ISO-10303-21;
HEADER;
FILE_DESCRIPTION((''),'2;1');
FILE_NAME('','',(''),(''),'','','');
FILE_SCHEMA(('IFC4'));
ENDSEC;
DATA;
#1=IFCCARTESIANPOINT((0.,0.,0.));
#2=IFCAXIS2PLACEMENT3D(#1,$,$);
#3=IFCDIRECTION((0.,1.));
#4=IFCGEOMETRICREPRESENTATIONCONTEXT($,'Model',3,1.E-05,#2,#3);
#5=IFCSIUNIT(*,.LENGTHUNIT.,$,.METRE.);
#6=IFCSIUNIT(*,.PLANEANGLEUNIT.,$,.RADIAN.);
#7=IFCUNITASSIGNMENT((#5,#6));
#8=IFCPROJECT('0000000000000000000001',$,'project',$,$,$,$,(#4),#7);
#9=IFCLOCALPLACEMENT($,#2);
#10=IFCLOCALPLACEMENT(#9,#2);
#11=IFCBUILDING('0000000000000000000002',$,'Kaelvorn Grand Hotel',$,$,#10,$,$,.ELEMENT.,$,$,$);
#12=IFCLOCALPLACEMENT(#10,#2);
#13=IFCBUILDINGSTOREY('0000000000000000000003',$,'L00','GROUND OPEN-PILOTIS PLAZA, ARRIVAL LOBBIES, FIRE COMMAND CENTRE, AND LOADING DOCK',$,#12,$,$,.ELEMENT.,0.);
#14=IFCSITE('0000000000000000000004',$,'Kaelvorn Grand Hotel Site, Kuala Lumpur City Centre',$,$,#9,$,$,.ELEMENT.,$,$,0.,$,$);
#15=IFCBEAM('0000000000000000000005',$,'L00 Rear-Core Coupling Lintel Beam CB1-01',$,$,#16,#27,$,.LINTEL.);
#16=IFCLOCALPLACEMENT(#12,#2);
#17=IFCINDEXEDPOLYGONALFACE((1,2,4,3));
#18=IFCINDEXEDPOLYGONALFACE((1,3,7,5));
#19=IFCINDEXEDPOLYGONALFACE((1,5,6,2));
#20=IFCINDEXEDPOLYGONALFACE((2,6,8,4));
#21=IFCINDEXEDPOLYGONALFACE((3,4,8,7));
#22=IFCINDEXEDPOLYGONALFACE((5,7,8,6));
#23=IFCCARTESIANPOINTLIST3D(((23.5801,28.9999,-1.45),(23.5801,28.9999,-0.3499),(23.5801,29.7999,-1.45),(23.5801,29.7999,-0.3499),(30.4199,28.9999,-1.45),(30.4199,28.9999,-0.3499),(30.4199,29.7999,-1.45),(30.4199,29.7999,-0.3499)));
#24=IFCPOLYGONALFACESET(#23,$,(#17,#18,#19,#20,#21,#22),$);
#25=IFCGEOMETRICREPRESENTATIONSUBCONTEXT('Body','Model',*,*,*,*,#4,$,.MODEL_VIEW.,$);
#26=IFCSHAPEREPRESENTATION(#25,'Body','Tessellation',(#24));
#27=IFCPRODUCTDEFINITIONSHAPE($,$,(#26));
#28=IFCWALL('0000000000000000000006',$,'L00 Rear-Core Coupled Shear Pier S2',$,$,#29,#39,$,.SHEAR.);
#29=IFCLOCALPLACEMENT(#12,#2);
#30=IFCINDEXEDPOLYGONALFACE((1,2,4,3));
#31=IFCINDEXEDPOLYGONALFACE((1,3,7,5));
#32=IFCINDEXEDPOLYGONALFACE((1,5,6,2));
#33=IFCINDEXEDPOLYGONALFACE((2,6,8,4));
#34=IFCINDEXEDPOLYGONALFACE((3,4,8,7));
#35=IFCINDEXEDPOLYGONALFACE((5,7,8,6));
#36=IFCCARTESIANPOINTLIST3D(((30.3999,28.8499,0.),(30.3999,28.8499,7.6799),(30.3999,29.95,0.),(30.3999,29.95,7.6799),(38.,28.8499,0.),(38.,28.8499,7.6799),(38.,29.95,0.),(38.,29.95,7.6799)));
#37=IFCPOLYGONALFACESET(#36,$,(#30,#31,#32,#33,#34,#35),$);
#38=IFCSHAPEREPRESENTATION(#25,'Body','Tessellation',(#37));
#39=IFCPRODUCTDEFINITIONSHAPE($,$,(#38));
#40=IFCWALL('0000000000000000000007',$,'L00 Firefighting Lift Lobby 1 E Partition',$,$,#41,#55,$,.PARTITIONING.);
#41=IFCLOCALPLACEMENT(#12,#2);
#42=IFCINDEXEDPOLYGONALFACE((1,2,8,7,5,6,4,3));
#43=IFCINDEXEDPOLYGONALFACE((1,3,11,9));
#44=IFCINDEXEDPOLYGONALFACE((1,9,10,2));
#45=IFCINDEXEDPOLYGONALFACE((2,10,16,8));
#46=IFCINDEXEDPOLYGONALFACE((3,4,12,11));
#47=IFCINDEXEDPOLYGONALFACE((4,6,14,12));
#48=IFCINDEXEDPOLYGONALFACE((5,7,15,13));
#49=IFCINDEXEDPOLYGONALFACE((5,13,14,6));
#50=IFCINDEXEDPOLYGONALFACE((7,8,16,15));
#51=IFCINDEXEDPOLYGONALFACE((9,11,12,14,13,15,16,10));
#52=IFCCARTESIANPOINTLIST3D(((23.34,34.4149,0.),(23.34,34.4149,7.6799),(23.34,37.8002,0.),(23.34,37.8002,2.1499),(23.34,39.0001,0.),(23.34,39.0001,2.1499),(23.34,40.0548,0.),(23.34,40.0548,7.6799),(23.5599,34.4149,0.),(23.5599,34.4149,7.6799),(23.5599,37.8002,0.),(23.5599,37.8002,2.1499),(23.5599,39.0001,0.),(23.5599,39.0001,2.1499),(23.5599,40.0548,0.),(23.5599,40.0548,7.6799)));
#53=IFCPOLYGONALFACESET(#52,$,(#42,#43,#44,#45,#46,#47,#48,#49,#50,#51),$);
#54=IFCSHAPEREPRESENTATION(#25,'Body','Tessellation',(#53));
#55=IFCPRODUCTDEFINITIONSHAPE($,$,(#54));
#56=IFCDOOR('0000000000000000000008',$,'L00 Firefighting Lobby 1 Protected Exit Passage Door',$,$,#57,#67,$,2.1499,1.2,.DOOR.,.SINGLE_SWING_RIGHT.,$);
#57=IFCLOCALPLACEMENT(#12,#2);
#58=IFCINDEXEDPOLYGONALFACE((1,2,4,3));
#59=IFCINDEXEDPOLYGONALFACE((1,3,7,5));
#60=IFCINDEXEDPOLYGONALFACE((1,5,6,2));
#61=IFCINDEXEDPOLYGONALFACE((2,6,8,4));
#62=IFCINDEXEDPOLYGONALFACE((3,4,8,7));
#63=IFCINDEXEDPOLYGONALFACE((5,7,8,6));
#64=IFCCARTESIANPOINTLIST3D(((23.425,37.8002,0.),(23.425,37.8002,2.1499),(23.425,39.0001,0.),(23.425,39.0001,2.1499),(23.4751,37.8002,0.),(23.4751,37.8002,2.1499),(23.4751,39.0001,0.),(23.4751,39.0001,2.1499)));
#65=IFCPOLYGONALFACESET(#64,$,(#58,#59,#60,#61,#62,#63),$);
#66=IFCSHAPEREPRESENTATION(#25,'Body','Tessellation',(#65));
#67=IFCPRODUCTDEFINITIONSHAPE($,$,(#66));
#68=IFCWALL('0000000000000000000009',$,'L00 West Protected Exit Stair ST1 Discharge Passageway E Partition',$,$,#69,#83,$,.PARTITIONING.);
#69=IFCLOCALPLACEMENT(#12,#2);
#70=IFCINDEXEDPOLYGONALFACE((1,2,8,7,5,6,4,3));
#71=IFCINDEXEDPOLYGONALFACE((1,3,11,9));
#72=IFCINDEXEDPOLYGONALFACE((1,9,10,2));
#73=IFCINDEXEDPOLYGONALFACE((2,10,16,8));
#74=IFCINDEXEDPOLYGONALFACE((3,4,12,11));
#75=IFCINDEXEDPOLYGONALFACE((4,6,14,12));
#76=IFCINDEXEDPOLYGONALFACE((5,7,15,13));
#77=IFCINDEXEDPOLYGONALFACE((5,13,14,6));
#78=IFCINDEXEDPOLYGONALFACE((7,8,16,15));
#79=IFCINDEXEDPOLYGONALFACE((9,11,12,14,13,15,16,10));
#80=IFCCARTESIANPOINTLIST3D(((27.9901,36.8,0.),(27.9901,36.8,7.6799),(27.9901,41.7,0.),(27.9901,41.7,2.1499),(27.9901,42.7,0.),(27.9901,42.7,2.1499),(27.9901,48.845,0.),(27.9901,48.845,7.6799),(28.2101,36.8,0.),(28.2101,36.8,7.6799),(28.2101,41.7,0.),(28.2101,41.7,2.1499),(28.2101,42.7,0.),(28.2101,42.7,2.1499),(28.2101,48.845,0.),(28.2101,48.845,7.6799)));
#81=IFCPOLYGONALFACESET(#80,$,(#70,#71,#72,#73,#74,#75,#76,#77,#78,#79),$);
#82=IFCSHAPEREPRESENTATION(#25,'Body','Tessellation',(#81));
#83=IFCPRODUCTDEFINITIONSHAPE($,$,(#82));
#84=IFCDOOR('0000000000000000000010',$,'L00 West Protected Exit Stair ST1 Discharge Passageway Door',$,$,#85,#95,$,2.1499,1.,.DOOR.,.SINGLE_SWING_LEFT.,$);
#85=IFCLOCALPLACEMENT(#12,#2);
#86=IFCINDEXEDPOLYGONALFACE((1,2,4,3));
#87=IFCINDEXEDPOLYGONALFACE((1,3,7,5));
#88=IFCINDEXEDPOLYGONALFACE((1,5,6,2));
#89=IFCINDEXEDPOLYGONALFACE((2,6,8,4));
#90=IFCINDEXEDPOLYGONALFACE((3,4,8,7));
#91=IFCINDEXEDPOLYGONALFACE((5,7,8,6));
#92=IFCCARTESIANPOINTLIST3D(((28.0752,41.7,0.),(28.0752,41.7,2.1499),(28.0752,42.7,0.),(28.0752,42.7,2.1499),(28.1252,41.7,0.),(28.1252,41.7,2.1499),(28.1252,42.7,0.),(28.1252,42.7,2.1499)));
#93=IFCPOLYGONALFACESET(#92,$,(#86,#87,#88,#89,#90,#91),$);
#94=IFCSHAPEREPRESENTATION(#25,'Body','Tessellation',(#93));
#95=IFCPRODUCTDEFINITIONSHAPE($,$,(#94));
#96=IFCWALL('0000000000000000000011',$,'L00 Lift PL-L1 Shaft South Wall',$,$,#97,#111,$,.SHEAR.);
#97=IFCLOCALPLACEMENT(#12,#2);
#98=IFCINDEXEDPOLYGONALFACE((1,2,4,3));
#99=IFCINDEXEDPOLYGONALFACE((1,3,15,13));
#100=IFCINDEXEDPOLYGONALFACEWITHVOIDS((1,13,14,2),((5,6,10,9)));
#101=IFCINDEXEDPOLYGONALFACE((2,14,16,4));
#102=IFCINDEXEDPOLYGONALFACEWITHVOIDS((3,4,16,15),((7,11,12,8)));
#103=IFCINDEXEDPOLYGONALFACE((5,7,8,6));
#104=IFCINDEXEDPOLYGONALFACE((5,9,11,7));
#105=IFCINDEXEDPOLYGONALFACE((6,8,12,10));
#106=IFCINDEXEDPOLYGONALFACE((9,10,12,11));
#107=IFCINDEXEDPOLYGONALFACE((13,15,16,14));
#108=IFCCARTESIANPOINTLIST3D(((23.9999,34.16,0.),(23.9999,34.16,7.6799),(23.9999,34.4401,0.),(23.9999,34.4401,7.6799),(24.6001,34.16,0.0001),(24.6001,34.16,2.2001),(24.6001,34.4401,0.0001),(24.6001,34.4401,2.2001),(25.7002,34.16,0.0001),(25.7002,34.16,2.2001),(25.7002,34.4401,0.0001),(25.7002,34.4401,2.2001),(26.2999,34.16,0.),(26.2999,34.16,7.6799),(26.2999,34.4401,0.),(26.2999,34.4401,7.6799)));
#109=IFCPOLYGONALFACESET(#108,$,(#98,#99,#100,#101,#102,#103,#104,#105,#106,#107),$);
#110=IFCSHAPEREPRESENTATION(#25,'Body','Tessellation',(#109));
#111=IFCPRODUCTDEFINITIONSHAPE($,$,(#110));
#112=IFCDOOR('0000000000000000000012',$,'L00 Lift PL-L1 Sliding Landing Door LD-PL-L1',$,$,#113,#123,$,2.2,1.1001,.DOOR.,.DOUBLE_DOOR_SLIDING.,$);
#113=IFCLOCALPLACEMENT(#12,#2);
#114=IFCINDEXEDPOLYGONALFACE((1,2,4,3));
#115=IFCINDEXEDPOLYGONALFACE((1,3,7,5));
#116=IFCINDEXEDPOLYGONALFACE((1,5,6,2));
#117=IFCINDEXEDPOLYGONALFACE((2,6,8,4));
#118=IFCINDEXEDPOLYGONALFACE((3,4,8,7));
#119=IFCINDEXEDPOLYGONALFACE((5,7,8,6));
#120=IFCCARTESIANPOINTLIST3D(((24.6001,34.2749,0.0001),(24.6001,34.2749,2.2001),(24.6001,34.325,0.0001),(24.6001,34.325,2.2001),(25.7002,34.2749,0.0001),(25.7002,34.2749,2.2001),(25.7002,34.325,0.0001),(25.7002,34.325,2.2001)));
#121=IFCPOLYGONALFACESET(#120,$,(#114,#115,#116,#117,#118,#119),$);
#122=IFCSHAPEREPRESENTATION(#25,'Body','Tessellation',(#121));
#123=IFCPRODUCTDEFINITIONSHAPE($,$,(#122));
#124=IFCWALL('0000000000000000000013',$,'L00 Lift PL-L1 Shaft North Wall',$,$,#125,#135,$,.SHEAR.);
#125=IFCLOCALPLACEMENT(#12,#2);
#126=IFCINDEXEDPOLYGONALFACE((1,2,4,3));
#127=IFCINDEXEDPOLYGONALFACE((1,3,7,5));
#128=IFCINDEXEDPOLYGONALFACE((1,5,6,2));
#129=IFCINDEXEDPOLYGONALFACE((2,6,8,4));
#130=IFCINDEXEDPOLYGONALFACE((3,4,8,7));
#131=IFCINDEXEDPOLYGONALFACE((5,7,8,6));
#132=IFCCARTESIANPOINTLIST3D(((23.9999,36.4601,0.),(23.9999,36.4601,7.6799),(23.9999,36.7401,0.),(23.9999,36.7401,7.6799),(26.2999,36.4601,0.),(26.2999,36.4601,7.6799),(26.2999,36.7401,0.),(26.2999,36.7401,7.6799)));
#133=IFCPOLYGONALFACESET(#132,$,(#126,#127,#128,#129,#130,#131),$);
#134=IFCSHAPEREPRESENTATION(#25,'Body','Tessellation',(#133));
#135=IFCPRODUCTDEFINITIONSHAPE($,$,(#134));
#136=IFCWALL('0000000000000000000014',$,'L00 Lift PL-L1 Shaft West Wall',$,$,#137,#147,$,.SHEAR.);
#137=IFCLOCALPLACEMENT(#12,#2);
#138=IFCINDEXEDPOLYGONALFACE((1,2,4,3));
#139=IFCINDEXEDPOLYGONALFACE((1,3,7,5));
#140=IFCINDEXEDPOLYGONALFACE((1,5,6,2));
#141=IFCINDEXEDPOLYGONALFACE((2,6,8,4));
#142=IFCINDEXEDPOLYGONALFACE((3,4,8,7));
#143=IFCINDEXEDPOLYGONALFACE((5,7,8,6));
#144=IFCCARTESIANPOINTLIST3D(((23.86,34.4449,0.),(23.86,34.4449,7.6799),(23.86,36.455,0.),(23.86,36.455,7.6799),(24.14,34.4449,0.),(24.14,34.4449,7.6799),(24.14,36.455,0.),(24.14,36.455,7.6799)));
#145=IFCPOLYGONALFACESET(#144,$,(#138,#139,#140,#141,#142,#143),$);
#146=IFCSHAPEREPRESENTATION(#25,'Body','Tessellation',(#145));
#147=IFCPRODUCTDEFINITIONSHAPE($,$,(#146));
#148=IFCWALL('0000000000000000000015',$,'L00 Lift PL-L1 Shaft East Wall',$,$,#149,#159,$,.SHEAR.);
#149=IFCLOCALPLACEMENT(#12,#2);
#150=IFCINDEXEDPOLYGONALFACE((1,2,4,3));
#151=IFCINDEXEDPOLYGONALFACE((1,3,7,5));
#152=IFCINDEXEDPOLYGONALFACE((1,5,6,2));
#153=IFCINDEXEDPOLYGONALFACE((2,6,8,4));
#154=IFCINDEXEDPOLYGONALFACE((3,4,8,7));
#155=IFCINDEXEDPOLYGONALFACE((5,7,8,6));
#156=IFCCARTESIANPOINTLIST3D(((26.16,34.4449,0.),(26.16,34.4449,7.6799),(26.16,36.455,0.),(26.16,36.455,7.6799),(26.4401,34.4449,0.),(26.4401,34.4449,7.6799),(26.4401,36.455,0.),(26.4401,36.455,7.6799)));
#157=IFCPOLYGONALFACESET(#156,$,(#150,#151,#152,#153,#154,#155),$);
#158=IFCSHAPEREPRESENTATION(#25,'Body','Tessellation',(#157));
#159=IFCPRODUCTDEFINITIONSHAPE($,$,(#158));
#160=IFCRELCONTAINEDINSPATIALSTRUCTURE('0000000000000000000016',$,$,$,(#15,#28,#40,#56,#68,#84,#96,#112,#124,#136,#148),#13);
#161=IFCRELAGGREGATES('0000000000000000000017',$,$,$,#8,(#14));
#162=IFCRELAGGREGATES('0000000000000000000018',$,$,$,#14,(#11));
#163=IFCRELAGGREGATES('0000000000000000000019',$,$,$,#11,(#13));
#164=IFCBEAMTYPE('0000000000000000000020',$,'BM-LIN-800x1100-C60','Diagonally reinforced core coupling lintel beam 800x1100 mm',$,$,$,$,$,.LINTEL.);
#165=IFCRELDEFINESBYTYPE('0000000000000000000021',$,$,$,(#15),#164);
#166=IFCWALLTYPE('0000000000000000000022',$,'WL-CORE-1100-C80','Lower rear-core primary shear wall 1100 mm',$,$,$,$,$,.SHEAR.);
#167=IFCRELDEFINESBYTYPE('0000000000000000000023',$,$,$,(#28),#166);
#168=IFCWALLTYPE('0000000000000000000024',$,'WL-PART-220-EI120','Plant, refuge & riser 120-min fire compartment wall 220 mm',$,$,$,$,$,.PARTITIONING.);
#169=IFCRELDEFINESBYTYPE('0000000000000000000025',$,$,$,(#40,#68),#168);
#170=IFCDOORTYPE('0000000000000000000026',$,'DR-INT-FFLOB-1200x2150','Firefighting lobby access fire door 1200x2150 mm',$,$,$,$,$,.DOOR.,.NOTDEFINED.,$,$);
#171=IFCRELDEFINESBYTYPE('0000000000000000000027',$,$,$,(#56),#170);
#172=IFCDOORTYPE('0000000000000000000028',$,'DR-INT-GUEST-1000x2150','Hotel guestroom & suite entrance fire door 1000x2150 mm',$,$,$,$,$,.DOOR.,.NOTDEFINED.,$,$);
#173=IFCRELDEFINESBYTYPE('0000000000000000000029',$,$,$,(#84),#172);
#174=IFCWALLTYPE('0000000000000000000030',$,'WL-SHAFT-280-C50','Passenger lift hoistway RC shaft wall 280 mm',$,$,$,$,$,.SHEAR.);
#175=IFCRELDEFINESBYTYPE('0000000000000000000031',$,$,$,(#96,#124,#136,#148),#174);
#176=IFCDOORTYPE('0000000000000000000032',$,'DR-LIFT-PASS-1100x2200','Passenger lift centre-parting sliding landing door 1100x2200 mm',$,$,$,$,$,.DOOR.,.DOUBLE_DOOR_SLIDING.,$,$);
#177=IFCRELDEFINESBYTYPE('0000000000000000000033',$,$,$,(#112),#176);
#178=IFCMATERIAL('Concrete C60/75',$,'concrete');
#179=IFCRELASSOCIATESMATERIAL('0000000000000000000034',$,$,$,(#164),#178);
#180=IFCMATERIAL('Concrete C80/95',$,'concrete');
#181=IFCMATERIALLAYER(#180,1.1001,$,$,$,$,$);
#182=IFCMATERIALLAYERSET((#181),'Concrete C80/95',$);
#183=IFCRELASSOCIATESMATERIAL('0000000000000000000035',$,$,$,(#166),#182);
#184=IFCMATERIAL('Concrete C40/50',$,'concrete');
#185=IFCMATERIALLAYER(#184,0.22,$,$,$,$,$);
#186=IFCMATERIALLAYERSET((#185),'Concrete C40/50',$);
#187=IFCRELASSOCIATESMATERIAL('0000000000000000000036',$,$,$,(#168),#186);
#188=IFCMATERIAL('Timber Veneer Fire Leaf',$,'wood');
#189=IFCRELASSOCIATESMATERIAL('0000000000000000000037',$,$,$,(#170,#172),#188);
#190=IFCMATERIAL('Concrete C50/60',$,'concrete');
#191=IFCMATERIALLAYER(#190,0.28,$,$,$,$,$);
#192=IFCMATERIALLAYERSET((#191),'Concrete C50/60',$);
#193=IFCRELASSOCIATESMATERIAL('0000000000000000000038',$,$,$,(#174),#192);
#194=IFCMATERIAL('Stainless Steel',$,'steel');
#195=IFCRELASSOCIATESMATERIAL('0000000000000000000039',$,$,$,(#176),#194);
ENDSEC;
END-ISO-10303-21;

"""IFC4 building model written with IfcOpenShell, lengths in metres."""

from ifc_helpers import new_model, si_unit, direction, frame, frame_2d, origin, origin_2d, place, context, subcontext, project, spatial, rectangle, extrude, material, layer, layer_set, material_profile, profile_set, type_object, element, fill, save


model = new_model("IFC4")

# Units and contexts
model_context = context("Model", 3, precision=1e-05, world=origin(), true_north=direction((0.0, 1.0)))
body_context = subcontext(model_context, "Body", "Model", "MODEL_VIEW")
ifc_project = project(units=[si_unit("LENGTHUNIT", "METRE"), si_unit("PLANEANGLEUNIT", "RADIAN")], contexts=[model_context])

# Site, building, storey
site_placement = place(None, origin())
site = spatial("IfcSite", under=ifc_project, at=site_placement, Name="Kaelvorn Grand Hotel Site, Kuala Lumpur City Centre", CompositionType="ELEMENT", RefElevation=0.0)
building_placement = place(site_placement, origin())
building = spatial("IfcBuilding", under=site, at=building_placement, Name="Kaelvorn Grand Hotel", CompositionType="ELEMENT")
storey_placement = place(building_placement, origin())
storey = spatial("IfcBuildingStorey", under=building, at=storey_placement, Name="L00", Description="GROUND OPEN-PILOTIS PLAZA, ARRIVAL LOBBIES, FIRE COMMAND CENTRE, AND LOADING DOCK", CompositionType="ELEMENT", Elevation=0.0)

# Beam
ifc_material_1 = material(Name="Concrete C60/75", Category="concrete")
ifc_material_profile = material_profile(ifc_material_1, rectangle(XDim=0.8, YDim=1.1001, at=origin_2d()), Name="RC LINTEL 800x1100")
ifc_profile_set = profile_set([ifc_material_profile], Name="Concrete C60/75")
beam_type = type_object("IfcBeamType", Name="BM-LIN-800x1100-C60", Description="Diagonally reinforced core coupling lintel beam 800x1100 mm", PredefinedType="LINTEL", material=ifc_profile_set)
beam_placement = place(storey_placement, frame((23.5801, 29.3999, -0.8999), z_axis=(1.0, 0.0, 0.0), x_axis=(0.0, 1.0, 0.0)))
element("IfcBeam", 1, at=beam_placement, inside=storey, type_object=beam_type, Name="L00 Rear-Core Coupling Lintel Beam CB1-01", PredefinedType="LINTEL", context=body_context, shape_type="SweptSolid", body=[
    extrude(rectangle(XDim=0.8, YDim=1.1001, at=origin_2d()), origin(), (0.0, 0.0, 1.0), 6.8398),
])

# Wall
ifc_material_2 = material(Name="Concrete C80/95", Category="concrete")
ifc_layer_1 = layer(ifc_material_2, 1.1001)
ifc_layer_set_1 = layer_set([ifc_layer_1], Name="Concrete C80/95")
wall_type_1 = type_object("IfcWallType", Name="WL-CORE-1100-C80", Description="Lower rear-core primary shear wall 1100 mm", PredefinedType="SHEAR", material=ifc_layer_set_1)
wall_1_placement = place(storey_placement, frame((30.3999, 29.3999, 0.0), z_axis=(0.0, 0.0, 1.0), x_axis=(1.0, 0.0, 0.0)))
element("IfcWall", 2, at=wall_1_placement, inside=storey, type_object=wall_type_1, Name="L00 Rear-Core Coupled Shear Pier S2", PredefinedType="SHEAR", context=body_context, shape_type="SweptSolid", body=[
    extrude(rectangle(XDim=7.6001, YDim=1.1001, at=frame_2d((3.8, 0.0))), origin(), (0.0, 0.0, 1.0), 7.6799),
])

# Walls, openings, doors
ifc_material_3 = material(Name="Concrete C40/50", Category="concrete")
ifc_layer_2 = layer(ifc_material_3, 0.22)
ifc_layer_set_2 = layer_set([ifc_layer_2], Name="Concrete C40/50")
wall_type_2 = type_object("IfcWallType", Name="WL-PART-220-EI120", Description="Plant, refuge & riser 120-min fire compartment wall 220 mm", PredefinedType="PARTITIONING", material=ifc_layer_set_2)
wall_2_placement = place(storey_placement, frame((23.45, 34.415, 0.0), z_axis=(0.0, 0.0, 1.0), x_axis=(0.0, 1.0, 0.0)))
wall_2 = element("IfcWall", 3, at=wall_2_placement, inside=storey, type_object=wall_type_2, Name="L00 Firefighting Lift Lobby 1 E Partition", PredefinedType="PARTITIONING", context=body_context, shape_type="SweptSolid", body=[
    extrude(rectangle(XDim=5.6399, YDim=0.22, at=frame_2d((2.8198, 0.0))), origin(), (0.0, 0.0, 1.0), 7.6799),
])
opening_1_placement = place(wall_2_placement, frame((3.385, 0.0, 0.0)))
opening_1 = element("IfcOpeningElement", 4, at=opening_1_placement, cuts=wall_2, PredefinedType="OPENING", context=body_context, shape_type="SweptSolid", body=[
    extrude(rectangle(XDim=1.2, YDim=2.1499, at=frame_2d((0.6001, 1.075))), frame((0.0, 0.1201, 0.0), z_axis=(0.0, -1.0, 0.0), x_axis=(1.0, 0.0, 0.0)), (0.0, 0.0, 1.0), 0.24),
])
ifc_material_4 = material(Name="Timber Veneer Fire Leaf", Category="wood")
door_type_1 = type_object("IfcDoorType", Name="DR-INT-FFLOB-1200x2150", Description="Firefighting lobby access fire door 1200x2150 mm", OperationType="NOTDEFINED", PredefinedType="DOOR", material=ifc_material_4)
door_1_placement = place(opening_1_placement, origin())
door_1 = element("IfcDoor", 5, at=door_1_placement, inside=storey, type_object=door_type_1, Name="L00 Firefighting Lobby 1 Protected Exit Passage Door", OperationType="SINGLE_SWING_RIGHT", OverallHeight=2.1499, OverallWidth=1.2, PredefinedType="DOOR", context=body_context, shape_type="SweptSolid", body=[
    extrude(rectangle(XDim=1.2, YDim=2.1499, at=frame_2d((0.6001, 1.075))), frame((0.0, 0.0249, 0.0), z_axis=(0.0, -1.0, 0.0), x_axis=(1.0, 0.0, 0.0)), (0.0, 0.0, 1.0), 0.05),
])
fill(opening_1, door_1)
wall_3_placement = place(storey_placement, frame((28.1001, 36.8, 0.0), z_axis=(0.0, 0.0, 1.0), x_axis=(0.0, 1.0, 0.0)))
wall_3 = element("IfcWall", 6, at=wall_3_placement, inside=storey, type_object=wall_type_2, Name="L00 West Protected Exit Stair ST1 Discharge Passageway E Partition", PredefinedType="PARTITIONING", context=body_context, shape_type="SweptSolid", body=[
    extrude(rectangle(XDim=12.0449, YDim=0.22, at=frame_2d((6.0225, 0.0))), origin(), (0.0, 0.0, 1.0), 7.6799),
])
opening_2_placement = place(wall_3_placement, frame((4.8999, 0.0, 0.0)))
opening_2 = element("IfcOpeningElement", 7, at=opening_2_placement, cuts=wall_3, PredefinedType="OPENING", context=body_context, shape_type="SweptSolid", body=[
    extrude(rectangle(XDim=1.0, YDim=2.1499, at=frame_2d((0.5, 1.075))), frame((0.0, 0.1201, 0.0), z_axis=(0.0, -1.0, 0.0), x_axis=(1.0, 0.0, 0.0)), (0.0, 0.0, 1.0), 0.24),
])
door_type_2 = type_object("IfcDoorType", Name="DR-INT-GUEST-1000x2150", Description="Hotel guestroom & suite entrance fire door 1000x2150 mm", OperationType="NOTDEFINED", PredefinedType="DOOR", material=ifc_material_4)
door_2_placement = place(opening_2_placement, origin())
door_2 = element("IfcDoor", 8, at=door_2_placement, inside=storey, type_object=door_type_2, Name="L00 West Protected Exit Stair ST1 Discharge Passageway Door", OperationType="SINGLE_SWING_LEFT", OverallHeight=2.1499, OverallWidth=1.0, PredefinedType="DOOR", context=body_context, shape_type="SweptSolid", body=[
    extrude(rectangle(XDim=1.0, YDim=2.1499, at=frame_2d((0.5, 1.075))), frame((0.0, 0.0249, 0.0), z_axis=(0.0, -1.0, 0.0), x_axis=(1.0, 0.0, 0.0)), (0.0, 0.0, 1.0), 0.05),
])
fill(opening_2, door_2)
ifc_material_5 = material(Name="Concrete C50/60", Category="concrete")
ifc_layer_3 = layer(ifc_material_5, 0.28)
ifc_layer_set_3 = layer_set([ifc_layer_3], Name="Concrete C50/60")
wall_type_3 = type_object("IfcWallType", Name="WL-SHAFT-280-C50", Description="Passenger lift hoistway RC shaft wall 280 mm", PredefinedType="SHEAR", material=ifc_layer_set_3)
wall_4_placement = place(storey_placement, frame((24.0, 34.3, 0.0), z_axis=(0.0, 0.0, 1.0), x_axis=(1.0, 0.0, 0.0)))
wall_4 = element("IfcWall", 9, at=wall_4_placement, inside=storey, type_object=wall_type_3, Name="L00 Lift PL-L1 Shaft South Wall", PredefinedType="SHEAR", context=body_context, shape_type="SweptSolid", body=[
    extrude(rectangle(XDim=2.3, YDim=0.28, at=frame_2d((1.1499, 0.0))), origin(), (0.0, 0.0, 1.0), 7.6799),
])
opening_3_placement = place(wall_4_placement, frame((0.6001, 0.0, 0.0)))
opening_3 = element("IfcOpeningElement", 10, at=opening_3_placement, cuts=wall_4, PredefinedType="OPENING", context=body_context, shape_type="SweptSolid", body=[
    extrude(rectangle(XDim=1.1001, YDim=2.2, at=frame_2d((0.55, 1.1001))), frame((0.0, 0.1499, 0.0), z_axis=(0.0, -1.0, 0.0), x_axis=(1.0, 0.0, 0.0)), (0.0, 0.0, 1.0), 0.3),
])
ifc_material_6 = material(Name="Stainless Steel", Category="steel")
door_type_3 = type_object("IfcDoorType", Name="DR-LIFT-PASS-1100x2200", Description="Passenger lift centre-parting sliding landing door 1100x2200 mm", OperationType="DOUBLE_DOOR_SLIDING", PredefinedType="DOOR", material=ifc_material_6)
door_3_placement = place(opening_3_placement, origin())
door_3 = element("IfcDoor", 11, at=door_3_placement, inside=storey, type_object=door_type_3, Name="L00 Lift PL-L1 Sliding Landing Door LD-PL-L1", OperationType="DOUBLE_DOOR_SLIDING", OverallHeight=2.2, OverallWidth=1.1001, PredefinedType="DOOR", context=body_context, shape_type="SweptSolid", body=[
    extrude(rectangle(XDim=1.1001, YDim=2.2, at=frame_2d((0.55, 1.1001))), frame((0.0, 0.0249, 0.0), z_axis=(0.0, -1.0, 0.0), x_axis=(1.0, 0.0, 0.0)), (0.0, 0.0, 1.0), 0.05),
])
fill(opening_3, door_3)

# Walls
wall_5_placement = place(storey_placement, frame((24.0, 36.6001, 0.0), z_axis=(0.0, 0.0, 1.0), x_axis=(1.0, 0.0, 0.0)))
element("IfcWall", 12, at=wall_5_placement, inside=storey, type_object=wall_type_3, Name="L00 Lift PL-L1 Shaft North Wall", PredefinedType="SHEAR", context=body_context, shape_type="SweptSolid", body=[
    extrude(rectangle(XDim=2.3, YDim=0.28, at=frame_2d((1.1499, 0.0))), origin(), (0.0, 0.0, 1.0), 7.6799),
])
for number, where, z_axis, x_axis, name in (
    (13, (24.0, 34.4451, 0.0), (0.0, 0.0, 1.0), (0.0, 1.0, 0.0), "L00 Lift PL-L1 Shaft West Wall"),
    (14, (26.3, 34.4451, 0.0), (0.0, 0.0, 1.0), (0.0, 1.0, 0.0), "L00 Lift PL-L1 Shaft East Wall"),
):
    element("IfcWall", number, at=place(storey_placement, frame(where, z_axis=z_axis, x_axis=x_axis)), inside=storey, type_object=wall_type_3, Name=name, PredefinedType="SHEAR", context=body_context, shape_type="SweptSolid", body=[
        extrude(rectangle(XDim=2.01, YDim=0.28, at=frame_2d((1.0049, 0.0))), origin(), (0.0, 0.0, 1.0), 7.6799),
    ])

save(model, "model.ifc")
